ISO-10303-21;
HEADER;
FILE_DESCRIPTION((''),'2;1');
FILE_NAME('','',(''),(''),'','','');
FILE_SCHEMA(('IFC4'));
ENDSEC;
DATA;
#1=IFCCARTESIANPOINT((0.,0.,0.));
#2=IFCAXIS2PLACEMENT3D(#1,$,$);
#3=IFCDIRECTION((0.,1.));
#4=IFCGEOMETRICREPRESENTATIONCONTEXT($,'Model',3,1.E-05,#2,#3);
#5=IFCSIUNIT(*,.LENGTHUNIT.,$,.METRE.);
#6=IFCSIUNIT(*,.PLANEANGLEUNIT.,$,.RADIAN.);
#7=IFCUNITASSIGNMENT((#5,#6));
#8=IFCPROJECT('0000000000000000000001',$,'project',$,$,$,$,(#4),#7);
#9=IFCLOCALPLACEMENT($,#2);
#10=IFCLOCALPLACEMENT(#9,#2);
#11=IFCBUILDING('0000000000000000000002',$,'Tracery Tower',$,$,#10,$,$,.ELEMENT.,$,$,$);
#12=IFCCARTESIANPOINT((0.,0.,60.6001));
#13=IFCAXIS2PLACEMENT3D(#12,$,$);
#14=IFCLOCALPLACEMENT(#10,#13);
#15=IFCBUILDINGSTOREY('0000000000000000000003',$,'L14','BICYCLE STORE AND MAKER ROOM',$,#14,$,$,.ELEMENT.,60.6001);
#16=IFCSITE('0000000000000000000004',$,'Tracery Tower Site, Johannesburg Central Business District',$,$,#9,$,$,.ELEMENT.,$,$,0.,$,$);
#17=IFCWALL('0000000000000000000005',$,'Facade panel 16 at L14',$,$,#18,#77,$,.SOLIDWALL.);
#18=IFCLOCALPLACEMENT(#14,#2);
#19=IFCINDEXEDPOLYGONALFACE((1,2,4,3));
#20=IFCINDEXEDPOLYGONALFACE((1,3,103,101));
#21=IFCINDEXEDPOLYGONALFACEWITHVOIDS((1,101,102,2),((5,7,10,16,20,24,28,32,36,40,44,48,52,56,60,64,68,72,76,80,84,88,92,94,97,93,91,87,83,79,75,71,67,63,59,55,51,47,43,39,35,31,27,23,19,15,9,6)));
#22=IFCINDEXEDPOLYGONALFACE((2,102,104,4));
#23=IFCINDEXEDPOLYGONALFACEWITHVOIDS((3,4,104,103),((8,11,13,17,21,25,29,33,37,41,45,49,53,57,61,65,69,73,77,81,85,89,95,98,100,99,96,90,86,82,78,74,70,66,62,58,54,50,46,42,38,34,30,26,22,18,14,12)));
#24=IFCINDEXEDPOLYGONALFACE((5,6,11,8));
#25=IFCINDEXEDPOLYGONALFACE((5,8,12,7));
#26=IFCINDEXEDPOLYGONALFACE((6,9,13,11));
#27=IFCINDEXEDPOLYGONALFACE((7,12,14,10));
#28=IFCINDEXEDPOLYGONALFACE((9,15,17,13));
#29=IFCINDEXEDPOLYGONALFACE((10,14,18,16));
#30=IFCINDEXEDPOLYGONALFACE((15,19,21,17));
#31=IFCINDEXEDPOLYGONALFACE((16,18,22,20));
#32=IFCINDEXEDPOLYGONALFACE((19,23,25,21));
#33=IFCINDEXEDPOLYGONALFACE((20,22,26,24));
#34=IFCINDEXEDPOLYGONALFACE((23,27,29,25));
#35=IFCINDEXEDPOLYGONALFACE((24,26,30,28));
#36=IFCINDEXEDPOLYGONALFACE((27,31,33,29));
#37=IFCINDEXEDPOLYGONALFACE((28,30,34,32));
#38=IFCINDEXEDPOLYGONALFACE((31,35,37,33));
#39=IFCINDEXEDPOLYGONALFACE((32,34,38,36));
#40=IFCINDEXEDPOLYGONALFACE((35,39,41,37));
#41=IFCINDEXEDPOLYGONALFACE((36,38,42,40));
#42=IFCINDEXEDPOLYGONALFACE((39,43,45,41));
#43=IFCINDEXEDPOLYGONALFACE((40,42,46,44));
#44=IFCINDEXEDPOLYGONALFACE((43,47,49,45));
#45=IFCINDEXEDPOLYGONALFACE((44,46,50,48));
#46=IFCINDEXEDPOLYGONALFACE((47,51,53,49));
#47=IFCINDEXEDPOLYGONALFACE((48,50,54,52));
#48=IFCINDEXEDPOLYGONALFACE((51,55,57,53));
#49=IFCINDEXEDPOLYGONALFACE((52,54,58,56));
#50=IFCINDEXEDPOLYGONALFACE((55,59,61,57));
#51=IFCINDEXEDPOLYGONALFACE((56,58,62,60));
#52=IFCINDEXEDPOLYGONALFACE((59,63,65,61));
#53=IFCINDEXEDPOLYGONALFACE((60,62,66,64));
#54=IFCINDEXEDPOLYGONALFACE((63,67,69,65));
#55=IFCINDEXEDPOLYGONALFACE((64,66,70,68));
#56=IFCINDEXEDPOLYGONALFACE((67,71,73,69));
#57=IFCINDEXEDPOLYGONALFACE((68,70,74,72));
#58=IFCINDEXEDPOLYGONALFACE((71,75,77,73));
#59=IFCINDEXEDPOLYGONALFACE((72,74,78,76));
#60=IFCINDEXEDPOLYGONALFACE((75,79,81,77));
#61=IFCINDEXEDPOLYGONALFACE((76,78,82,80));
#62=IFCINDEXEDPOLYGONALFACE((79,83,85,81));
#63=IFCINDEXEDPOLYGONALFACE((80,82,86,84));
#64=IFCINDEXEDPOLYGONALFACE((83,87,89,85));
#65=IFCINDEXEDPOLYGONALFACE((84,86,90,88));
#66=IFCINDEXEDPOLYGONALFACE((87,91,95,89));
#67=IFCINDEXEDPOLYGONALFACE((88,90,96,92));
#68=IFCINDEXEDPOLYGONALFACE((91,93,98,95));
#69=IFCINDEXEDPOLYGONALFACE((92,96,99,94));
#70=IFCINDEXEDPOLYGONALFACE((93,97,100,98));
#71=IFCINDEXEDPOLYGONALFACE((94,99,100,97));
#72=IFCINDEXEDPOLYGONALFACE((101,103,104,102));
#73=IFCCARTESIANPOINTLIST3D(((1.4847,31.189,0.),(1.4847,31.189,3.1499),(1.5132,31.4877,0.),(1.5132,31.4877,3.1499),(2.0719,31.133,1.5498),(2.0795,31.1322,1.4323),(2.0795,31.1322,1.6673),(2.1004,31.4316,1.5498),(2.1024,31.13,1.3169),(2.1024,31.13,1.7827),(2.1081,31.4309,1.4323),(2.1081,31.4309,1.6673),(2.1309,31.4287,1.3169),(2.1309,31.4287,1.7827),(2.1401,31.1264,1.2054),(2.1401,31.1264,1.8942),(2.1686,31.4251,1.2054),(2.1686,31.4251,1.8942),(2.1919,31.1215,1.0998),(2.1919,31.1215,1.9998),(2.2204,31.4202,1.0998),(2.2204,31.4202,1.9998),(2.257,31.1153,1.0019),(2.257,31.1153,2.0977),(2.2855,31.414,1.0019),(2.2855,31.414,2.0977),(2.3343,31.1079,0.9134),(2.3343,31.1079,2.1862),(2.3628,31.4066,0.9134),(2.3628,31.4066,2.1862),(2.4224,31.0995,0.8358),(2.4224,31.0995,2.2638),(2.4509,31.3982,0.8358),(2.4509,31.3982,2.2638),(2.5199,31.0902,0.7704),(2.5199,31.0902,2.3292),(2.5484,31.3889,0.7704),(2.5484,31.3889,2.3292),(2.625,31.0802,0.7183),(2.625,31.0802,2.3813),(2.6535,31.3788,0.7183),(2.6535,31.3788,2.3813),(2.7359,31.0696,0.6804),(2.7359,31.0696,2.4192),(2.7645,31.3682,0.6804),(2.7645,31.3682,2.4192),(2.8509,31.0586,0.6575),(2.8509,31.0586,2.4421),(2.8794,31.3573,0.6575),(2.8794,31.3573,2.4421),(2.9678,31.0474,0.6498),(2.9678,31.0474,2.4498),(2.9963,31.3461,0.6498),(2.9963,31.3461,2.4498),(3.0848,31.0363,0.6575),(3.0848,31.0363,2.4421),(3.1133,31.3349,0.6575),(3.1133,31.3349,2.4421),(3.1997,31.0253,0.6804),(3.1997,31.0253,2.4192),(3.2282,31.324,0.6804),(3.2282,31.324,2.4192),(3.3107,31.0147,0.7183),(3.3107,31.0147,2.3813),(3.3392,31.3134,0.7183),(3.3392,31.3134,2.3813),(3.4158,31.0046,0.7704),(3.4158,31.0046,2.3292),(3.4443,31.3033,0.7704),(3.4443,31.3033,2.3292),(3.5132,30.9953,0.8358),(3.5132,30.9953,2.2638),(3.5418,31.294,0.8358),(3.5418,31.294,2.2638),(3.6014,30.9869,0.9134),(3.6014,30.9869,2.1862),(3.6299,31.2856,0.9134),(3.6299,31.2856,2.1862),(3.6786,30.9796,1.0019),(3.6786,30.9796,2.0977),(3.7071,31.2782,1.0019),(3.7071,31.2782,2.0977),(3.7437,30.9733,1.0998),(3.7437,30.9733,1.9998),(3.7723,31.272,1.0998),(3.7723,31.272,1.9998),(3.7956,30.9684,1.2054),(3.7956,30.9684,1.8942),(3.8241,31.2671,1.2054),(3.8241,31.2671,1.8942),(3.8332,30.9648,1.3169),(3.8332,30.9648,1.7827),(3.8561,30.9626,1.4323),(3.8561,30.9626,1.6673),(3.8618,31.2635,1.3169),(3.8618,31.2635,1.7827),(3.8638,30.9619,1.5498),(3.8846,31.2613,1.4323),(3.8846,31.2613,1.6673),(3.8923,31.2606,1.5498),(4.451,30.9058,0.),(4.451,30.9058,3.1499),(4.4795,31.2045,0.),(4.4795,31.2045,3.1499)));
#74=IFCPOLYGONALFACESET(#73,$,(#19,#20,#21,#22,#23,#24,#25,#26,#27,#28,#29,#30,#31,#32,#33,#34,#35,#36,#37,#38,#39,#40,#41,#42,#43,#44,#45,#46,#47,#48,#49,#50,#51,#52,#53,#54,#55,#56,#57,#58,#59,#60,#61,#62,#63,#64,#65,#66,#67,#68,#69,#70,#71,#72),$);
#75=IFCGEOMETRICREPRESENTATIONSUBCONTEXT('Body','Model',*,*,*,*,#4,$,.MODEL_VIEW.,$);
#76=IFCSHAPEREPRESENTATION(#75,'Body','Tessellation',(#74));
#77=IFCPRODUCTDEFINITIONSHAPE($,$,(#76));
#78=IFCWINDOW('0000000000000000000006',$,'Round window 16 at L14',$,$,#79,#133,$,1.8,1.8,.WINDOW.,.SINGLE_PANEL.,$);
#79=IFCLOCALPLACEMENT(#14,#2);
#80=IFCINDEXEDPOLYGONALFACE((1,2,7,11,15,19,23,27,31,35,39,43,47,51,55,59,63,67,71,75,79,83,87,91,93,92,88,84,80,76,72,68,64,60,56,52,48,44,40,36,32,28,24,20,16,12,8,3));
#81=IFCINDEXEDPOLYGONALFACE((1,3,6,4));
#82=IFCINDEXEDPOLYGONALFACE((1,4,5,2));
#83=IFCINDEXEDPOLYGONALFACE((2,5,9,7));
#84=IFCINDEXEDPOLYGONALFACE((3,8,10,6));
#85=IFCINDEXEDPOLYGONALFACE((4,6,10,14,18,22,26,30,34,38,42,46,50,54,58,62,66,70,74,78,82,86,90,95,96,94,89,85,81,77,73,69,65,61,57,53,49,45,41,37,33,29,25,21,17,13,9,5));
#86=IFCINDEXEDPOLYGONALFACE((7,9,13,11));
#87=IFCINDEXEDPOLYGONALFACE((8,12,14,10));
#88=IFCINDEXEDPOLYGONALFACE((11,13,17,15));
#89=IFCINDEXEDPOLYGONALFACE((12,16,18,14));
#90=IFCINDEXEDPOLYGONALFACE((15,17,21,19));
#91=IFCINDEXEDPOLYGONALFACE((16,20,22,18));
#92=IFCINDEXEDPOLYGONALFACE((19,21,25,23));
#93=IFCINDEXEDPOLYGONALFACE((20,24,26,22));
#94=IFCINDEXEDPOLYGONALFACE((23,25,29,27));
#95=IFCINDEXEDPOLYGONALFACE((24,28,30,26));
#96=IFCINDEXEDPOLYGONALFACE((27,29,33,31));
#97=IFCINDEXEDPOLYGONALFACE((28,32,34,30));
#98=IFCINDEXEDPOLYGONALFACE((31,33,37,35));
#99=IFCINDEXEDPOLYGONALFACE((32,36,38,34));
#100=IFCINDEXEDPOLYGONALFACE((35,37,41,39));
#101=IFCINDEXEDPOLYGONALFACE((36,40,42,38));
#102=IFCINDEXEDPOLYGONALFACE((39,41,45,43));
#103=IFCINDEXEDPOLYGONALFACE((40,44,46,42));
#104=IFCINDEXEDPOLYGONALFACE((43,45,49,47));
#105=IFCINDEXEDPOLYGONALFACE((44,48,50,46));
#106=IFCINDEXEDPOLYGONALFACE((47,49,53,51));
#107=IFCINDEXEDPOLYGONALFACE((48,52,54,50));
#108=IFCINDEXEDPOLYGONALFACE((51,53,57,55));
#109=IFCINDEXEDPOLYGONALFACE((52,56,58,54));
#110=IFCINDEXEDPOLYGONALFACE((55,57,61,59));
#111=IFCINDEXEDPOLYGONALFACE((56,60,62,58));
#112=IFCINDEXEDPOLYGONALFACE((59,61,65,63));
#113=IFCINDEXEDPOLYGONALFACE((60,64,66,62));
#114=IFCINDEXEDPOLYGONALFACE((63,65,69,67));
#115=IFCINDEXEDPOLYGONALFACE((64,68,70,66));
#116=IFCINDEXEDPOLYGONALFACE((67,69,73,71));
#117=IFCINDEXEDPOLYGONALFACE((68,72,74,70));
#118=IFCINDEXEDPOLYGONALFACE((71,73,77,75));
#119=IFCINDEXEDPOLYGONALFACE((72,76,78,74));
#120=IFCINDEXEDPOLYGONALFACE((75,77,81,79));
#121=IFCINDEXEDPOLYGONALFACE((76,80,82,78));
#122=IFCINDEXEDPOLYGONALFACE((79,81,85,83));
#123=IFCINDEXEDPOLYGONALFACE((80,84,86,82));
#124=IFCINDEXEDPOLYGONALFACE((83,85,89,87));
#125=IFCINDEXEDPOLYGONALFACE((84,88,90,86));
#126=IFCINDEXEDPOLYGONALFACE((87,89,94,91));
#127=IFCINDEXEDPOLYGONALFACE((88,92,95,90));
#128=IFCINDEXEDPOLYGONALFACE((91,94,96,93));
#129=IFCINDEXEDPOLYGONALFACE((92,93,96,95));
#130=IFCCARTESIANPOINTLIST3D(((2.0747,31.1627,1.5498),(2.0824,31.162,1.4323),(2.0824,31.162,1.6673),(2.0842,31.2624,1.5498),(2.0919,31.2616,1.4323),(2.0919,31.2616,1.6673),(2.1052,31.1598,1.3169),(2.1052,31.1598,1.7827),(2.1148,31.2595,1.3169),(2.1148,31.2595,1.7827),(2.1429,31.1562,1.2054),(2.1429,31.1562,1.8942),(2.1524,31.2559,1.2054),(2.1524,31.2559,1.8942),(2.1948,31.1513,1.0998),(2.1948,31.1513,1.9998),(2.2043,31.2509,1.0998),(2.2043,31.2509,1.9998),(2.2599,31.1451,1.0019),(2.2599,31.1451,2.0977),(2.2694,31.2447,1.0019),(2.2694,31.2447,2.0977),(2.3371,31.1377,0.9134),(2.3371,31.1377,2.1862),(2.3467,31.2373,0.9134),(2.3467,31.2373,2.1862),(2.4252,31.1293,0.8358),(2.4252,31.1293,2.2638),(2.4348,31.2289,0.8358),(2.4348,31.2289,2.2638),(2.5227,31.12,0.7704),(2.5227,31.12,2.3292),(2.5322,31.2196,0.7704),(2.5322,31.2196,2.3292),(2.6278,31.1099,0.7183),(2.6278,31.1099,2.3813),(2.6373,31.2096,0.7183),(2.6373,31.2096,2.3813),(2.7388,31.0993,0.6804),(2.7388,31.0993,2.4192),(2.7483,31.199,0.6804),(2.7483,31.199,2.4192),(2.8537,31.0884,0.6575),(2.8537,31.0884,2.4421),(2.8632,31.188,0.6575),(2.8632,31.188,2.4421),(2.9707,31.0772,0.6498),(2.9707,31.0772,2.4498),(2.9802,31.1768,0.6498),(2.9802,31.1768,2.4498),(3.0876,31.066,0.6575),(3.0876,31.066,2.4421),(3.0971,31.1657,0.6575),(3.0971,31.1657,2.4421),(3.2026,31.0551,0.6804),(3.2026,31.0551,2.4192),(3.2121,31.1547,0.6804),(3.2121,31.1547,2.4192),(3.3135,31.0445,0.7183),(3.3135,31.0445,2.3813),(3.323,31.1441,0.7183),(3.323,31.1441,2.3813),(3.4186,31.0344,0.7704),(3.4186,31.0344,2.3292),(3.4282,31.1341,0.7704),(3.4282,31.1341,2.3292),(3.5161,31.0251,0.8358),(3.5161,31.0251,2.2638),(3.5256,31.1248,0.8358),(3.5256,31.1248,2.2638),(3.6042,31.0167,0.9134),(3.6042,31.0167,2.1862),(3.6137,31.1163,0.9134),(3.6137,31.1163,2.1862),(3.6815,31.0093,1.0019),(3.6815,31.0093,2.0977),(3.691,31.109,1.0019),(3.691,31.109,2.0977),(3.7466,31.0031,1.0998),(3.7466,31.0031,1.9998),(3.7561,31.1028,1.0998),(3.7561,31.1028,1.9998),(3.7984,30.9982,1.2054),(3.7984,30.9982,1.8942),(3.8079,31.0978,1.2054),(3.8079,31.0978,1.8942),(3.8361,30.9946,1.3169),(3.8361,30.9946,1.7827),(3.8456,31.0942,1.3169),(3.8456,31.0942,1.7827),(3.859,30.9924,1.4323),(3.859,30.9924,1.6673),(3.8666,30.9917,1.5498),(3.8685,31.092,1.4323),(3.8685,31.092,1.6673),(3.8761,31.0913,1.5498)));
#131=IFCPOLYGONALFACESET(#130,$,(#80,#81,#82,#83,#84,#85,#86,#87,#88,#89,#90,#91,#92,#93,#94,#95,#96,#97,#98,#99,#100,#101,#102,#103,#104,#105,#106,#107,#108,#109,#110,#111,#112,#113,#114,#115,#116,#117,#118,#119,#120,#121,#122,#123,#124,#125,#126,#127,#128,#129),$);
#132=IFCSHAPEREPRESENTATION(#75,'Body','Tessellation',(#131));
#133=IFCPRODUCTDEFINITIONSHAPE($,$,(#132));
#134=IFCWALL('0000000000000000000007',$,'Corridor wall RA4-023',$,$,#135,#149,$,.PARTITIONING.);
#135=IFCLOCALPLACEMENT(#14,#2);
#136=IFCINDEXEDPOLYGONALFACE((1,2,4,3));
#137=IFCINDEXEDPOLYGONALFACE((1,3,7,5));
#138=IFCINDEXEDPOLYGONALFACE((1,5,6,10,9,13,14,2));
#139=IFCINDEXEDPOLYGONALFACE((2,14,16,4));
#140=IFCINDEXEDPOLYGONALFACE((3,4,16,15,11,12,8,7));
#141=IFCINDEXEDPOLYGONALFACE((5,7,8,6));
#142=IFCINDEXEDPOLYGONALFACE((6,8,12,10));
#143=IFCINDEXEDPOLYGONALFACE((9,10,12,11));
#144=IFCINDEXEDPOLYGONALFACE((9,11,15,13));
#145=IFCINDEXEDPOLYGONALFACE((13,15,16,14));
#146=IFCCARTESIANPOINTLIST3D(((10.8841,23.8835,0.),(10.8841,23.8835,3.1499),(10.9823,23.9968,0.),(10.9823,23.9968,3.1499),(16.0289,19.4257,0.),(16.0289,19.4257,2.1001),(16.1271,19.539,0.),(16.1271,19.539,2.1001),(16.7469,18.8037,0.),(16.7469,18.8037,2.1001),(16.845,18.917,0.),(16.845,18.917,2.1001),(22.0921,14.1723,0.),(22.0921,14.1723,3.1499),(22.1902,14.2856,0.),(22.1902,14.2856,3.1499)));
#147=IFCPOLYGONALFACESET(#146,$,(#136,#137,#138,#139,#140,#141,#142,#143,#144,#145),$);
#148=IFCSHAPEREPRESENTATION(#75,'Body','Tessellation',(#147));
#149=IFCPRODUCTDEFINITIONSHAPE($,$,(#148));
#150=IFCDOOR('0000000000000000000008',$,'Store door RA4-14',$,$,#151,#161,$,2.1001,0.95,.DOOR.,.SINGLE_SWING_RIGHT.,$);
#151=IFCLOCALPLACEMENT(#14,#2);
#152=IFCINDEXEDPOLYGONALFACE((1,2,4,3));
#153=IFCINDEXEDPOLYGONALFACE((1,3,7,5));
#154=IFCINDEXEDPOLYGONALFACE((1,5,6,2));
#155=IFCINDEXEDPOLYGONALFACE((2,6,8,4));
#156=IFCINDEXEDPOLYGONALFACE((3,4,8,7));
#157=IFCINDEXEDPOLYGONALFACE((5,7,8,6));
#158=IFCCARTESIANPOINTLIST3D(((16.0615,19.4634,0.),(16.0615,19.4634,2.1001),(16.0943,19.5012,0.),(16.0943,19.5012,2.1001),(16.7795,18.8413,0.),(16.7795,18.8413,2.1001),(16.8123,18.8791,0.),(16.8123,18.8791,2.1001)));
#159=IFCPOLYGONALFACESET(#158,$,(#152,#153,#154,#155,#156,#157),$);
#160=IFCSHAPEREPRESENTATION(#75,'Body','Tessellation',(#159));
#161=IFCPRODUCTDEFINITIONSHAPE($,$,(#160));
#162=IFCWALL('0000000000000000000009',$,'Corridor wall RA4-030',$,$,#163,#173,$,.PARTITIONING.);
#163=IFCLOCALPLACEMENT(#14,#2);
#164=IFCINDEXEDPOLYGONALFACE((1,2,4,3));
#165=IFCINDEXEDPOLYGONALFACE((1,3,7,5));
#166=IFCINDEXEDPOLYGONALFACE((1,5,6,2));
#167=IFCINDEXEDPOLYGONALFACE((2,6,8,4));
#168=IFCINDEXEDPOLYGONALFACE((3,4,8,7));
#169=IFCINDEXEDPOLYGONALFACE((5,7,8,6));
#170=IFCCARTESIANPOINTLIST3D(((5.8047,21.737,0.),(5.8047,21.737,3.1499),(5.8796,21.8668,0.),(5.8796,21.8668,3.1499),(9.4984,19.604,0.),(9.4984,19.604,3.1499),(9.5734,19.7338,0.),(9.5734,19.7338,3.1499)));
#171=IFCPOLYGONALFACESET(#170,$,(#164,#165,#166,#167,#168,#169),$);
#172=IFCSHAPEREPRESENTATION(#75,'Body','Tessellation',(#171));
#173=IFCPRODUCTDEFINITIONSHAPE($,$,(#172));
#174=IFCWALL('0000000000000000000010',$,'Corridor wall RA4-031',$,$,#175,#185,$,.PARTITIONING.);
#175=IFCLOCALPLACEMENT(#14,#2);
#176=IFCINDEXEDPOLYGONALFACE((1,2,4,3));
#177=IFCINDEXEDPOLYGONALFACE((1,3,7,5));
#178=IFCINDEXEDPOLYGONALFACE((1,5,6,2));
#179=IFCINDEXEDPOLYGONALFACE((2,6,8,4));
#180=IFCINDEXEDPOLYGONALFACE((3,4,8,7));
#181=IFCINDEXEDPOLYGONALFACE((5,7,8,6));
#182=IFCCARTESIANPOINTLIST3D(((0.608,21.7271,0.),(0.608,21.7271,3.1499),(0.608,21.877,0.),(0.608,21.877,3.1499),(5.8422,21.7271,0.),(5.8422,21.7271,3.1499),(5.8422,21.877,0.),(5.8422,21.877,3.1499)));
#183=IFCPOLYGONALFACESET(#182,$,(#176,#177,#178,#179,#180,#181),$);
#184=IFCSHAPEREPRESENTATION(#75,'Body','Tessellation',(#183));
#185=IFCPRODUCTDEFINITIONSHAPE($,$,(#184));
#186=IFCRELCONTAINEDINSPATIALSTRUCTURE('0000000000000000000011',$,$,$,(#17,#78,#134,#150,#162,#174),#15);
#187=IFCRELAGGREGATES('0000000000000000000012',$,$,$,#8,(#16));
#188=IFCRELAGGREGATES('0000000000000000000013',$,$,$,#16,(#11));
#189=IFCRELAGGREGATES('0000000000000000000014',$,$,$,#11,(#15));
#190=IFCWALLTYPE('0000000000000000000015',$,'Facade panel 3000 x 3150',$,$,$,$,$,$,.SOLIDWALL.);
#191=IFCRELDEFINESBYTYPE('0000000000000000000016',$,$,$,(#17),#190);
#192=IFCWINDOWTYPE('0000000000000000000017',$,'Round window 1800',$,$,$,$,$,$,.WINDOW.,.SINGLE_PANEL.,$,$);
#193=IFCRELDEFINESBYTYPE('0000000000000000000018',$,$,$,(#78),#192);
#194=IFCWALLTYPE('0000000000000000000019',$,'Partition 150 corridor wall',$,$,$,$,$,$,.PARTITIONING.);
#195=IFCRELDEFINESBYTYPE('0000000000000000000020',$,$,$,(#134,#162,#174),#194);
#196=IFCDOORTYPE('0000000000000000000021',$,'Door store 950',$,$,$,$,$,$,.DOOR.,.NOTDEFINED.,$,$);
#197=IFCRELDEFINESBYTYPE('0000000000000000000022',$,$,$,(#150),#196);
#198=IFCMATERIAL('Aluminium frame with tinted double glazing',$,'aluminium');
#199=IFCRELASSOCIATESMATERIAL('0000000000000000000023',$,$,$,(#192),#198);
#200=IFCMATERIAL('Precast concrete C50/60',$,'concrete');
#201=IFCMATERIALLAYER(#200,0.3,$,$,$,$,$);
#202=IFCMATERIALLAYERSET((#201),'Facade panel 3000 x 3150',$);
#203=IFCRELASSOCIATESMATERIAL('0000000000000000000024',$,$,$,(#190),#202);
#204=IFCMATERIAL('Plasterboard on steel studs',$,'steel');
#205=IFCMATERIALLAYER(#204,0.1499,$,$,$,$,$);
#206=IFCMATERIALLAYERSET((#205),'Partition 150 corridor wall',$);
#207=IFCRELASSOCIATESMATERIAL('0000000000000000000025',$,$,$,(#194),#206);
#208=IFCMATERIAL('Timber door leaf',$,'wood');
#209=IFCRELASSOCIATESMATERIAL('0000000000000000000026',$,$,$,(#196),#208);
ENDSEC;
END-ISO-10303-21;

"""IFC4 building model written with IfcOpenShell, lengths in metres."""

from ifc_helpers import new_model, si_unit, direction, frame, frame_2d, origin, origin_2d, place, context, subcontext, project, spatial, rectangle, circle, extrude, material, layer, layer_set, type_object, element, fill, save


model = new_model("IFC4")

# Units and contexts
model_context = context("Model", 3, precision=1e-05, world=origin(), true_north=direction((0.0, 1.0)))
body_context = subcontext(model_context, "Body", "Model", "MODEL_VIEW")
ifc_project = project(units=[si_unit("LENGTHUNIT", "METRE"), si_unit("PLANEANGLEUNIT", "RADIAN")], contexts=[model_context])

# Site, building, storey
site_placement = place(None, origin())
site = spatial("IfcSite", under=ifc_project, at=site_placement, Name="Tracery Tower Site, Johannesburg Central Business District", CompositionType="ELEMENT", RefElevation=0.0)
building_placement = place(site_placement, origin())
building = spatial("IfcBuilding", under=site, at=building_placement, Name="Tracery Tower", CompositionType="ELEMENT")
storey_placement = place(building_placement, frame((0.0, 0.0, 60.6001)))
storey = spatial("IfcBuildingStorey", under=building, at=storey_placement, Name="L14", Description="BICYCLE STORE AND MAKER ROOM", CompositionType="ELEMENT", Elevation=60.6001)

# Wall, opening, window
ifc_material_1 = material(Name="Aluminium frame with tinted double glazing", Category="aluminium")
window_type = type_object("IfcWindowType", Name="Round window 1800", PartitioningType="SINGLE_PANEL", PredefinedType="WINDOW", material=ifc_material_1)
ifc_material_2 = material(Name="Precast concrete C50/60", Category="concrete")
ifc_layer_1 = layer(ifc_material_2, 0.3)
ifc_layer_set_1 = layer_set([ifc_layer_1], Name="Facade panel 3000 x 3150")
wall_type_1 = type_object("IfcWallType", Name="Facade panel 3000 x 3150", PredefinedType="SOLIDWALL", material=ifc_layer_set_1)
wall_1_placement = place(storey_placement, frame((4.4651, 31.0552, 0.0), z_axis=(0.0, 0.0, 1.0), x_axis=(-0.995473, 0.095041, 0.0)))
wall_1 = element("IfcWall", 1, at=wall_1_placement, inside=storey, type_object=wall_type_1, Name="Facade panel 16 at L14", PredefinedType="SOLIDWALL", context=body_context, shape_type="SweptSolid", body=[
    extrude(rectangle(XDim=2.9797, YDim=0.3, at=frame_2d((1.4897, 0.0))), origin(), (0.0, 0.0, 1.0), 3.1499),
])
opening_1_placement = place(wall_1_placement, frame((1.4897, 0.0, 1.5498)))
opening_1 = element("IfcOpeningElement", 2, at=opening_1_placement, cuts=wall_1, PredefinedType="OPENING", context=body_context, shape_type="SweptSolid", body=[
    extrude(circle(Radius=0.9, at=origin_2d()), frame((0.0, 0.1599, 0.0), z_axis=(0.0, -1.0, 0.0), x_axis=(1.0, 0.0, 0.0)), (0.0, 0.0, 1.0), 0.3201),
])
window_1_placement = place(opening_1_placement, origin())
window_1 = element("IfcWindow", 3, at=window_1_placement, inside=storey, type_object=window_type, Name="Round window 16 at L14", OverallHeight=1.8, OverallWidth=1.8, PartitioningType="SINGLE_PANEL", PredefinedType="WINDOW", context=body_context, shape_type="SweptSolid", body=[
    extrude(circle(Radius=0.9, at=origin_2d()), frame((0.0, 0.1201, 0.0), z_axis=(0.0, -1.0, 0.0), x_axis=(1.0, 0.0, 0.0)), (0.0, 0.0, 1.0), 0.1001),
])
fill(opening_1, window_1)

# Wall, opening, door
ifc_material_3 = material(Name="Plasterboard on steel studs", Category="steel")
ifc_layer_2 = layer(ifc_material_3, 0.1499)
ifc_layer_set_2 = layer_set([ifc_layer_2], Name="Partition 150 corridor wall")
wall_type_2 = type_object("IfcWallType", Name="Partition 150 corridor wall", PredefinedType="PARTITIONING", material=ifc_layer_set_2)
wall_2_placement = place(storey_placement, frame((10.9331, 23.9402, 0.0), z_axis=(0.0, 0.0, 1.0), x_axis=(0.75577, -0.654837, 0.0)))
wall_2 = element("IfcWall", 4, at=wall_2_placement, inside=storey, type_object=wall_type_2, Name="Corridor wall RA4-023", PredefinedType="PARTITIONING", context=body_context, shape_type="SweptSolid", body=[
    extrude(rectangle(XDim=14.8298, YDim=0.1499, at=frame_2d((7.415, 0.0))), origin(), (0.0, 0.0, 1.0), 3.1499),
])
opening_2_placement = place(wall_2_placement, frame((6.8074, 0.0, 0.0)))
opening_2 = element("IfcOpeningElement", 5, at=opening_2_placement, cuts=wall_2, PredefinedType="OPENING", context=body_context, shape_type="SweptSolid", body=[
    extrude(rectangle(XDim=0.95, YDim=2.1001, at=frame_2d((0.4751, 1.05))), frame((0.0, 0.075, 0.0), z_axis=(0.0, -1.0, 0.0), x_axis=(1.0, 0.0, 0.0)), (0.0, 0.0, 1.0), 0.1499),
])
ifc_material_4 = material(Name="Timber door leaf", Category="wood")
door_type_1 = type_object("IfcDoorType", Name="Door store 950", OperationType="NOTDEFINED", PredefinedType="DOOR", material=ifc_material_4)
door_1_placement = place(opening_2_placement, origin())
door_1 = element("IfcDoor", 6, at=door_1_placement, inside=storey, type_object=door_type_1, Name="Store door RA4-14", OperationType="SINGLE_SWING_RIGHT", OverallHeight=2.1001, OverallWidth=0.95, PredefinedType="DOOR", context=body_context, shape_type="SweptSolid", body=[
    extrude(rectangle(XDim=0.95, YDim=2.1001, at=frame_2d((0.4751, 1.05))), frame((0.0, 0.0249, 0.0), z_axis=(0.0, -1.0, 0.0), x_axis=(1.0, 0.0, 0.0)), (0.0, 0.0, 1.0), 0.05),
])
fill(opening_2, door_1)

# Walls
wall_3_placement = place(storey_placement, frame((5.842, 21.802, 0.0), z_axis=(0.0, 0.0, 1.0), x_axis=(0.865984, -0.500073, 0.0)))
element("IfcWall", 7, at=wall_3_placement, inside=storey, type_object=wall_type_2, Name="Corridor wall RA4-030", PredefinedType="PARTITIONING", context=body_context, shape_type="SweptSolid", body=[
    extrude(rectangle(XDim=4.2654, YDim=0.1499, at=frame_2d((2.1328, 0.0))), origin(), (0.0, 0.0, 1.0), 3.1499),
])
wall_4_placement = place(storey_placement, frame((0.6079, 21.802, 0.0), z_axis=(0.0, 0.0, 1.0), x_axis=(1.0, 0.0, 0.0)))
element("IfcWall", 8, at=wall_4_placement, inside=storey, type_object=wall_type_2, Name="Corridor wall RA4-031", PredefinedType="PARTITIONING", context=body_context, shape_type="SweptSolid", body=[
    extrude(rectangle(XDim=5.2341, YDim=0.1499, at=frame_2d((2.6172, 0.0))), origin(), (0.0, 0.0, 1.0), 3.1499),
])

save(model, "model.ifc")
